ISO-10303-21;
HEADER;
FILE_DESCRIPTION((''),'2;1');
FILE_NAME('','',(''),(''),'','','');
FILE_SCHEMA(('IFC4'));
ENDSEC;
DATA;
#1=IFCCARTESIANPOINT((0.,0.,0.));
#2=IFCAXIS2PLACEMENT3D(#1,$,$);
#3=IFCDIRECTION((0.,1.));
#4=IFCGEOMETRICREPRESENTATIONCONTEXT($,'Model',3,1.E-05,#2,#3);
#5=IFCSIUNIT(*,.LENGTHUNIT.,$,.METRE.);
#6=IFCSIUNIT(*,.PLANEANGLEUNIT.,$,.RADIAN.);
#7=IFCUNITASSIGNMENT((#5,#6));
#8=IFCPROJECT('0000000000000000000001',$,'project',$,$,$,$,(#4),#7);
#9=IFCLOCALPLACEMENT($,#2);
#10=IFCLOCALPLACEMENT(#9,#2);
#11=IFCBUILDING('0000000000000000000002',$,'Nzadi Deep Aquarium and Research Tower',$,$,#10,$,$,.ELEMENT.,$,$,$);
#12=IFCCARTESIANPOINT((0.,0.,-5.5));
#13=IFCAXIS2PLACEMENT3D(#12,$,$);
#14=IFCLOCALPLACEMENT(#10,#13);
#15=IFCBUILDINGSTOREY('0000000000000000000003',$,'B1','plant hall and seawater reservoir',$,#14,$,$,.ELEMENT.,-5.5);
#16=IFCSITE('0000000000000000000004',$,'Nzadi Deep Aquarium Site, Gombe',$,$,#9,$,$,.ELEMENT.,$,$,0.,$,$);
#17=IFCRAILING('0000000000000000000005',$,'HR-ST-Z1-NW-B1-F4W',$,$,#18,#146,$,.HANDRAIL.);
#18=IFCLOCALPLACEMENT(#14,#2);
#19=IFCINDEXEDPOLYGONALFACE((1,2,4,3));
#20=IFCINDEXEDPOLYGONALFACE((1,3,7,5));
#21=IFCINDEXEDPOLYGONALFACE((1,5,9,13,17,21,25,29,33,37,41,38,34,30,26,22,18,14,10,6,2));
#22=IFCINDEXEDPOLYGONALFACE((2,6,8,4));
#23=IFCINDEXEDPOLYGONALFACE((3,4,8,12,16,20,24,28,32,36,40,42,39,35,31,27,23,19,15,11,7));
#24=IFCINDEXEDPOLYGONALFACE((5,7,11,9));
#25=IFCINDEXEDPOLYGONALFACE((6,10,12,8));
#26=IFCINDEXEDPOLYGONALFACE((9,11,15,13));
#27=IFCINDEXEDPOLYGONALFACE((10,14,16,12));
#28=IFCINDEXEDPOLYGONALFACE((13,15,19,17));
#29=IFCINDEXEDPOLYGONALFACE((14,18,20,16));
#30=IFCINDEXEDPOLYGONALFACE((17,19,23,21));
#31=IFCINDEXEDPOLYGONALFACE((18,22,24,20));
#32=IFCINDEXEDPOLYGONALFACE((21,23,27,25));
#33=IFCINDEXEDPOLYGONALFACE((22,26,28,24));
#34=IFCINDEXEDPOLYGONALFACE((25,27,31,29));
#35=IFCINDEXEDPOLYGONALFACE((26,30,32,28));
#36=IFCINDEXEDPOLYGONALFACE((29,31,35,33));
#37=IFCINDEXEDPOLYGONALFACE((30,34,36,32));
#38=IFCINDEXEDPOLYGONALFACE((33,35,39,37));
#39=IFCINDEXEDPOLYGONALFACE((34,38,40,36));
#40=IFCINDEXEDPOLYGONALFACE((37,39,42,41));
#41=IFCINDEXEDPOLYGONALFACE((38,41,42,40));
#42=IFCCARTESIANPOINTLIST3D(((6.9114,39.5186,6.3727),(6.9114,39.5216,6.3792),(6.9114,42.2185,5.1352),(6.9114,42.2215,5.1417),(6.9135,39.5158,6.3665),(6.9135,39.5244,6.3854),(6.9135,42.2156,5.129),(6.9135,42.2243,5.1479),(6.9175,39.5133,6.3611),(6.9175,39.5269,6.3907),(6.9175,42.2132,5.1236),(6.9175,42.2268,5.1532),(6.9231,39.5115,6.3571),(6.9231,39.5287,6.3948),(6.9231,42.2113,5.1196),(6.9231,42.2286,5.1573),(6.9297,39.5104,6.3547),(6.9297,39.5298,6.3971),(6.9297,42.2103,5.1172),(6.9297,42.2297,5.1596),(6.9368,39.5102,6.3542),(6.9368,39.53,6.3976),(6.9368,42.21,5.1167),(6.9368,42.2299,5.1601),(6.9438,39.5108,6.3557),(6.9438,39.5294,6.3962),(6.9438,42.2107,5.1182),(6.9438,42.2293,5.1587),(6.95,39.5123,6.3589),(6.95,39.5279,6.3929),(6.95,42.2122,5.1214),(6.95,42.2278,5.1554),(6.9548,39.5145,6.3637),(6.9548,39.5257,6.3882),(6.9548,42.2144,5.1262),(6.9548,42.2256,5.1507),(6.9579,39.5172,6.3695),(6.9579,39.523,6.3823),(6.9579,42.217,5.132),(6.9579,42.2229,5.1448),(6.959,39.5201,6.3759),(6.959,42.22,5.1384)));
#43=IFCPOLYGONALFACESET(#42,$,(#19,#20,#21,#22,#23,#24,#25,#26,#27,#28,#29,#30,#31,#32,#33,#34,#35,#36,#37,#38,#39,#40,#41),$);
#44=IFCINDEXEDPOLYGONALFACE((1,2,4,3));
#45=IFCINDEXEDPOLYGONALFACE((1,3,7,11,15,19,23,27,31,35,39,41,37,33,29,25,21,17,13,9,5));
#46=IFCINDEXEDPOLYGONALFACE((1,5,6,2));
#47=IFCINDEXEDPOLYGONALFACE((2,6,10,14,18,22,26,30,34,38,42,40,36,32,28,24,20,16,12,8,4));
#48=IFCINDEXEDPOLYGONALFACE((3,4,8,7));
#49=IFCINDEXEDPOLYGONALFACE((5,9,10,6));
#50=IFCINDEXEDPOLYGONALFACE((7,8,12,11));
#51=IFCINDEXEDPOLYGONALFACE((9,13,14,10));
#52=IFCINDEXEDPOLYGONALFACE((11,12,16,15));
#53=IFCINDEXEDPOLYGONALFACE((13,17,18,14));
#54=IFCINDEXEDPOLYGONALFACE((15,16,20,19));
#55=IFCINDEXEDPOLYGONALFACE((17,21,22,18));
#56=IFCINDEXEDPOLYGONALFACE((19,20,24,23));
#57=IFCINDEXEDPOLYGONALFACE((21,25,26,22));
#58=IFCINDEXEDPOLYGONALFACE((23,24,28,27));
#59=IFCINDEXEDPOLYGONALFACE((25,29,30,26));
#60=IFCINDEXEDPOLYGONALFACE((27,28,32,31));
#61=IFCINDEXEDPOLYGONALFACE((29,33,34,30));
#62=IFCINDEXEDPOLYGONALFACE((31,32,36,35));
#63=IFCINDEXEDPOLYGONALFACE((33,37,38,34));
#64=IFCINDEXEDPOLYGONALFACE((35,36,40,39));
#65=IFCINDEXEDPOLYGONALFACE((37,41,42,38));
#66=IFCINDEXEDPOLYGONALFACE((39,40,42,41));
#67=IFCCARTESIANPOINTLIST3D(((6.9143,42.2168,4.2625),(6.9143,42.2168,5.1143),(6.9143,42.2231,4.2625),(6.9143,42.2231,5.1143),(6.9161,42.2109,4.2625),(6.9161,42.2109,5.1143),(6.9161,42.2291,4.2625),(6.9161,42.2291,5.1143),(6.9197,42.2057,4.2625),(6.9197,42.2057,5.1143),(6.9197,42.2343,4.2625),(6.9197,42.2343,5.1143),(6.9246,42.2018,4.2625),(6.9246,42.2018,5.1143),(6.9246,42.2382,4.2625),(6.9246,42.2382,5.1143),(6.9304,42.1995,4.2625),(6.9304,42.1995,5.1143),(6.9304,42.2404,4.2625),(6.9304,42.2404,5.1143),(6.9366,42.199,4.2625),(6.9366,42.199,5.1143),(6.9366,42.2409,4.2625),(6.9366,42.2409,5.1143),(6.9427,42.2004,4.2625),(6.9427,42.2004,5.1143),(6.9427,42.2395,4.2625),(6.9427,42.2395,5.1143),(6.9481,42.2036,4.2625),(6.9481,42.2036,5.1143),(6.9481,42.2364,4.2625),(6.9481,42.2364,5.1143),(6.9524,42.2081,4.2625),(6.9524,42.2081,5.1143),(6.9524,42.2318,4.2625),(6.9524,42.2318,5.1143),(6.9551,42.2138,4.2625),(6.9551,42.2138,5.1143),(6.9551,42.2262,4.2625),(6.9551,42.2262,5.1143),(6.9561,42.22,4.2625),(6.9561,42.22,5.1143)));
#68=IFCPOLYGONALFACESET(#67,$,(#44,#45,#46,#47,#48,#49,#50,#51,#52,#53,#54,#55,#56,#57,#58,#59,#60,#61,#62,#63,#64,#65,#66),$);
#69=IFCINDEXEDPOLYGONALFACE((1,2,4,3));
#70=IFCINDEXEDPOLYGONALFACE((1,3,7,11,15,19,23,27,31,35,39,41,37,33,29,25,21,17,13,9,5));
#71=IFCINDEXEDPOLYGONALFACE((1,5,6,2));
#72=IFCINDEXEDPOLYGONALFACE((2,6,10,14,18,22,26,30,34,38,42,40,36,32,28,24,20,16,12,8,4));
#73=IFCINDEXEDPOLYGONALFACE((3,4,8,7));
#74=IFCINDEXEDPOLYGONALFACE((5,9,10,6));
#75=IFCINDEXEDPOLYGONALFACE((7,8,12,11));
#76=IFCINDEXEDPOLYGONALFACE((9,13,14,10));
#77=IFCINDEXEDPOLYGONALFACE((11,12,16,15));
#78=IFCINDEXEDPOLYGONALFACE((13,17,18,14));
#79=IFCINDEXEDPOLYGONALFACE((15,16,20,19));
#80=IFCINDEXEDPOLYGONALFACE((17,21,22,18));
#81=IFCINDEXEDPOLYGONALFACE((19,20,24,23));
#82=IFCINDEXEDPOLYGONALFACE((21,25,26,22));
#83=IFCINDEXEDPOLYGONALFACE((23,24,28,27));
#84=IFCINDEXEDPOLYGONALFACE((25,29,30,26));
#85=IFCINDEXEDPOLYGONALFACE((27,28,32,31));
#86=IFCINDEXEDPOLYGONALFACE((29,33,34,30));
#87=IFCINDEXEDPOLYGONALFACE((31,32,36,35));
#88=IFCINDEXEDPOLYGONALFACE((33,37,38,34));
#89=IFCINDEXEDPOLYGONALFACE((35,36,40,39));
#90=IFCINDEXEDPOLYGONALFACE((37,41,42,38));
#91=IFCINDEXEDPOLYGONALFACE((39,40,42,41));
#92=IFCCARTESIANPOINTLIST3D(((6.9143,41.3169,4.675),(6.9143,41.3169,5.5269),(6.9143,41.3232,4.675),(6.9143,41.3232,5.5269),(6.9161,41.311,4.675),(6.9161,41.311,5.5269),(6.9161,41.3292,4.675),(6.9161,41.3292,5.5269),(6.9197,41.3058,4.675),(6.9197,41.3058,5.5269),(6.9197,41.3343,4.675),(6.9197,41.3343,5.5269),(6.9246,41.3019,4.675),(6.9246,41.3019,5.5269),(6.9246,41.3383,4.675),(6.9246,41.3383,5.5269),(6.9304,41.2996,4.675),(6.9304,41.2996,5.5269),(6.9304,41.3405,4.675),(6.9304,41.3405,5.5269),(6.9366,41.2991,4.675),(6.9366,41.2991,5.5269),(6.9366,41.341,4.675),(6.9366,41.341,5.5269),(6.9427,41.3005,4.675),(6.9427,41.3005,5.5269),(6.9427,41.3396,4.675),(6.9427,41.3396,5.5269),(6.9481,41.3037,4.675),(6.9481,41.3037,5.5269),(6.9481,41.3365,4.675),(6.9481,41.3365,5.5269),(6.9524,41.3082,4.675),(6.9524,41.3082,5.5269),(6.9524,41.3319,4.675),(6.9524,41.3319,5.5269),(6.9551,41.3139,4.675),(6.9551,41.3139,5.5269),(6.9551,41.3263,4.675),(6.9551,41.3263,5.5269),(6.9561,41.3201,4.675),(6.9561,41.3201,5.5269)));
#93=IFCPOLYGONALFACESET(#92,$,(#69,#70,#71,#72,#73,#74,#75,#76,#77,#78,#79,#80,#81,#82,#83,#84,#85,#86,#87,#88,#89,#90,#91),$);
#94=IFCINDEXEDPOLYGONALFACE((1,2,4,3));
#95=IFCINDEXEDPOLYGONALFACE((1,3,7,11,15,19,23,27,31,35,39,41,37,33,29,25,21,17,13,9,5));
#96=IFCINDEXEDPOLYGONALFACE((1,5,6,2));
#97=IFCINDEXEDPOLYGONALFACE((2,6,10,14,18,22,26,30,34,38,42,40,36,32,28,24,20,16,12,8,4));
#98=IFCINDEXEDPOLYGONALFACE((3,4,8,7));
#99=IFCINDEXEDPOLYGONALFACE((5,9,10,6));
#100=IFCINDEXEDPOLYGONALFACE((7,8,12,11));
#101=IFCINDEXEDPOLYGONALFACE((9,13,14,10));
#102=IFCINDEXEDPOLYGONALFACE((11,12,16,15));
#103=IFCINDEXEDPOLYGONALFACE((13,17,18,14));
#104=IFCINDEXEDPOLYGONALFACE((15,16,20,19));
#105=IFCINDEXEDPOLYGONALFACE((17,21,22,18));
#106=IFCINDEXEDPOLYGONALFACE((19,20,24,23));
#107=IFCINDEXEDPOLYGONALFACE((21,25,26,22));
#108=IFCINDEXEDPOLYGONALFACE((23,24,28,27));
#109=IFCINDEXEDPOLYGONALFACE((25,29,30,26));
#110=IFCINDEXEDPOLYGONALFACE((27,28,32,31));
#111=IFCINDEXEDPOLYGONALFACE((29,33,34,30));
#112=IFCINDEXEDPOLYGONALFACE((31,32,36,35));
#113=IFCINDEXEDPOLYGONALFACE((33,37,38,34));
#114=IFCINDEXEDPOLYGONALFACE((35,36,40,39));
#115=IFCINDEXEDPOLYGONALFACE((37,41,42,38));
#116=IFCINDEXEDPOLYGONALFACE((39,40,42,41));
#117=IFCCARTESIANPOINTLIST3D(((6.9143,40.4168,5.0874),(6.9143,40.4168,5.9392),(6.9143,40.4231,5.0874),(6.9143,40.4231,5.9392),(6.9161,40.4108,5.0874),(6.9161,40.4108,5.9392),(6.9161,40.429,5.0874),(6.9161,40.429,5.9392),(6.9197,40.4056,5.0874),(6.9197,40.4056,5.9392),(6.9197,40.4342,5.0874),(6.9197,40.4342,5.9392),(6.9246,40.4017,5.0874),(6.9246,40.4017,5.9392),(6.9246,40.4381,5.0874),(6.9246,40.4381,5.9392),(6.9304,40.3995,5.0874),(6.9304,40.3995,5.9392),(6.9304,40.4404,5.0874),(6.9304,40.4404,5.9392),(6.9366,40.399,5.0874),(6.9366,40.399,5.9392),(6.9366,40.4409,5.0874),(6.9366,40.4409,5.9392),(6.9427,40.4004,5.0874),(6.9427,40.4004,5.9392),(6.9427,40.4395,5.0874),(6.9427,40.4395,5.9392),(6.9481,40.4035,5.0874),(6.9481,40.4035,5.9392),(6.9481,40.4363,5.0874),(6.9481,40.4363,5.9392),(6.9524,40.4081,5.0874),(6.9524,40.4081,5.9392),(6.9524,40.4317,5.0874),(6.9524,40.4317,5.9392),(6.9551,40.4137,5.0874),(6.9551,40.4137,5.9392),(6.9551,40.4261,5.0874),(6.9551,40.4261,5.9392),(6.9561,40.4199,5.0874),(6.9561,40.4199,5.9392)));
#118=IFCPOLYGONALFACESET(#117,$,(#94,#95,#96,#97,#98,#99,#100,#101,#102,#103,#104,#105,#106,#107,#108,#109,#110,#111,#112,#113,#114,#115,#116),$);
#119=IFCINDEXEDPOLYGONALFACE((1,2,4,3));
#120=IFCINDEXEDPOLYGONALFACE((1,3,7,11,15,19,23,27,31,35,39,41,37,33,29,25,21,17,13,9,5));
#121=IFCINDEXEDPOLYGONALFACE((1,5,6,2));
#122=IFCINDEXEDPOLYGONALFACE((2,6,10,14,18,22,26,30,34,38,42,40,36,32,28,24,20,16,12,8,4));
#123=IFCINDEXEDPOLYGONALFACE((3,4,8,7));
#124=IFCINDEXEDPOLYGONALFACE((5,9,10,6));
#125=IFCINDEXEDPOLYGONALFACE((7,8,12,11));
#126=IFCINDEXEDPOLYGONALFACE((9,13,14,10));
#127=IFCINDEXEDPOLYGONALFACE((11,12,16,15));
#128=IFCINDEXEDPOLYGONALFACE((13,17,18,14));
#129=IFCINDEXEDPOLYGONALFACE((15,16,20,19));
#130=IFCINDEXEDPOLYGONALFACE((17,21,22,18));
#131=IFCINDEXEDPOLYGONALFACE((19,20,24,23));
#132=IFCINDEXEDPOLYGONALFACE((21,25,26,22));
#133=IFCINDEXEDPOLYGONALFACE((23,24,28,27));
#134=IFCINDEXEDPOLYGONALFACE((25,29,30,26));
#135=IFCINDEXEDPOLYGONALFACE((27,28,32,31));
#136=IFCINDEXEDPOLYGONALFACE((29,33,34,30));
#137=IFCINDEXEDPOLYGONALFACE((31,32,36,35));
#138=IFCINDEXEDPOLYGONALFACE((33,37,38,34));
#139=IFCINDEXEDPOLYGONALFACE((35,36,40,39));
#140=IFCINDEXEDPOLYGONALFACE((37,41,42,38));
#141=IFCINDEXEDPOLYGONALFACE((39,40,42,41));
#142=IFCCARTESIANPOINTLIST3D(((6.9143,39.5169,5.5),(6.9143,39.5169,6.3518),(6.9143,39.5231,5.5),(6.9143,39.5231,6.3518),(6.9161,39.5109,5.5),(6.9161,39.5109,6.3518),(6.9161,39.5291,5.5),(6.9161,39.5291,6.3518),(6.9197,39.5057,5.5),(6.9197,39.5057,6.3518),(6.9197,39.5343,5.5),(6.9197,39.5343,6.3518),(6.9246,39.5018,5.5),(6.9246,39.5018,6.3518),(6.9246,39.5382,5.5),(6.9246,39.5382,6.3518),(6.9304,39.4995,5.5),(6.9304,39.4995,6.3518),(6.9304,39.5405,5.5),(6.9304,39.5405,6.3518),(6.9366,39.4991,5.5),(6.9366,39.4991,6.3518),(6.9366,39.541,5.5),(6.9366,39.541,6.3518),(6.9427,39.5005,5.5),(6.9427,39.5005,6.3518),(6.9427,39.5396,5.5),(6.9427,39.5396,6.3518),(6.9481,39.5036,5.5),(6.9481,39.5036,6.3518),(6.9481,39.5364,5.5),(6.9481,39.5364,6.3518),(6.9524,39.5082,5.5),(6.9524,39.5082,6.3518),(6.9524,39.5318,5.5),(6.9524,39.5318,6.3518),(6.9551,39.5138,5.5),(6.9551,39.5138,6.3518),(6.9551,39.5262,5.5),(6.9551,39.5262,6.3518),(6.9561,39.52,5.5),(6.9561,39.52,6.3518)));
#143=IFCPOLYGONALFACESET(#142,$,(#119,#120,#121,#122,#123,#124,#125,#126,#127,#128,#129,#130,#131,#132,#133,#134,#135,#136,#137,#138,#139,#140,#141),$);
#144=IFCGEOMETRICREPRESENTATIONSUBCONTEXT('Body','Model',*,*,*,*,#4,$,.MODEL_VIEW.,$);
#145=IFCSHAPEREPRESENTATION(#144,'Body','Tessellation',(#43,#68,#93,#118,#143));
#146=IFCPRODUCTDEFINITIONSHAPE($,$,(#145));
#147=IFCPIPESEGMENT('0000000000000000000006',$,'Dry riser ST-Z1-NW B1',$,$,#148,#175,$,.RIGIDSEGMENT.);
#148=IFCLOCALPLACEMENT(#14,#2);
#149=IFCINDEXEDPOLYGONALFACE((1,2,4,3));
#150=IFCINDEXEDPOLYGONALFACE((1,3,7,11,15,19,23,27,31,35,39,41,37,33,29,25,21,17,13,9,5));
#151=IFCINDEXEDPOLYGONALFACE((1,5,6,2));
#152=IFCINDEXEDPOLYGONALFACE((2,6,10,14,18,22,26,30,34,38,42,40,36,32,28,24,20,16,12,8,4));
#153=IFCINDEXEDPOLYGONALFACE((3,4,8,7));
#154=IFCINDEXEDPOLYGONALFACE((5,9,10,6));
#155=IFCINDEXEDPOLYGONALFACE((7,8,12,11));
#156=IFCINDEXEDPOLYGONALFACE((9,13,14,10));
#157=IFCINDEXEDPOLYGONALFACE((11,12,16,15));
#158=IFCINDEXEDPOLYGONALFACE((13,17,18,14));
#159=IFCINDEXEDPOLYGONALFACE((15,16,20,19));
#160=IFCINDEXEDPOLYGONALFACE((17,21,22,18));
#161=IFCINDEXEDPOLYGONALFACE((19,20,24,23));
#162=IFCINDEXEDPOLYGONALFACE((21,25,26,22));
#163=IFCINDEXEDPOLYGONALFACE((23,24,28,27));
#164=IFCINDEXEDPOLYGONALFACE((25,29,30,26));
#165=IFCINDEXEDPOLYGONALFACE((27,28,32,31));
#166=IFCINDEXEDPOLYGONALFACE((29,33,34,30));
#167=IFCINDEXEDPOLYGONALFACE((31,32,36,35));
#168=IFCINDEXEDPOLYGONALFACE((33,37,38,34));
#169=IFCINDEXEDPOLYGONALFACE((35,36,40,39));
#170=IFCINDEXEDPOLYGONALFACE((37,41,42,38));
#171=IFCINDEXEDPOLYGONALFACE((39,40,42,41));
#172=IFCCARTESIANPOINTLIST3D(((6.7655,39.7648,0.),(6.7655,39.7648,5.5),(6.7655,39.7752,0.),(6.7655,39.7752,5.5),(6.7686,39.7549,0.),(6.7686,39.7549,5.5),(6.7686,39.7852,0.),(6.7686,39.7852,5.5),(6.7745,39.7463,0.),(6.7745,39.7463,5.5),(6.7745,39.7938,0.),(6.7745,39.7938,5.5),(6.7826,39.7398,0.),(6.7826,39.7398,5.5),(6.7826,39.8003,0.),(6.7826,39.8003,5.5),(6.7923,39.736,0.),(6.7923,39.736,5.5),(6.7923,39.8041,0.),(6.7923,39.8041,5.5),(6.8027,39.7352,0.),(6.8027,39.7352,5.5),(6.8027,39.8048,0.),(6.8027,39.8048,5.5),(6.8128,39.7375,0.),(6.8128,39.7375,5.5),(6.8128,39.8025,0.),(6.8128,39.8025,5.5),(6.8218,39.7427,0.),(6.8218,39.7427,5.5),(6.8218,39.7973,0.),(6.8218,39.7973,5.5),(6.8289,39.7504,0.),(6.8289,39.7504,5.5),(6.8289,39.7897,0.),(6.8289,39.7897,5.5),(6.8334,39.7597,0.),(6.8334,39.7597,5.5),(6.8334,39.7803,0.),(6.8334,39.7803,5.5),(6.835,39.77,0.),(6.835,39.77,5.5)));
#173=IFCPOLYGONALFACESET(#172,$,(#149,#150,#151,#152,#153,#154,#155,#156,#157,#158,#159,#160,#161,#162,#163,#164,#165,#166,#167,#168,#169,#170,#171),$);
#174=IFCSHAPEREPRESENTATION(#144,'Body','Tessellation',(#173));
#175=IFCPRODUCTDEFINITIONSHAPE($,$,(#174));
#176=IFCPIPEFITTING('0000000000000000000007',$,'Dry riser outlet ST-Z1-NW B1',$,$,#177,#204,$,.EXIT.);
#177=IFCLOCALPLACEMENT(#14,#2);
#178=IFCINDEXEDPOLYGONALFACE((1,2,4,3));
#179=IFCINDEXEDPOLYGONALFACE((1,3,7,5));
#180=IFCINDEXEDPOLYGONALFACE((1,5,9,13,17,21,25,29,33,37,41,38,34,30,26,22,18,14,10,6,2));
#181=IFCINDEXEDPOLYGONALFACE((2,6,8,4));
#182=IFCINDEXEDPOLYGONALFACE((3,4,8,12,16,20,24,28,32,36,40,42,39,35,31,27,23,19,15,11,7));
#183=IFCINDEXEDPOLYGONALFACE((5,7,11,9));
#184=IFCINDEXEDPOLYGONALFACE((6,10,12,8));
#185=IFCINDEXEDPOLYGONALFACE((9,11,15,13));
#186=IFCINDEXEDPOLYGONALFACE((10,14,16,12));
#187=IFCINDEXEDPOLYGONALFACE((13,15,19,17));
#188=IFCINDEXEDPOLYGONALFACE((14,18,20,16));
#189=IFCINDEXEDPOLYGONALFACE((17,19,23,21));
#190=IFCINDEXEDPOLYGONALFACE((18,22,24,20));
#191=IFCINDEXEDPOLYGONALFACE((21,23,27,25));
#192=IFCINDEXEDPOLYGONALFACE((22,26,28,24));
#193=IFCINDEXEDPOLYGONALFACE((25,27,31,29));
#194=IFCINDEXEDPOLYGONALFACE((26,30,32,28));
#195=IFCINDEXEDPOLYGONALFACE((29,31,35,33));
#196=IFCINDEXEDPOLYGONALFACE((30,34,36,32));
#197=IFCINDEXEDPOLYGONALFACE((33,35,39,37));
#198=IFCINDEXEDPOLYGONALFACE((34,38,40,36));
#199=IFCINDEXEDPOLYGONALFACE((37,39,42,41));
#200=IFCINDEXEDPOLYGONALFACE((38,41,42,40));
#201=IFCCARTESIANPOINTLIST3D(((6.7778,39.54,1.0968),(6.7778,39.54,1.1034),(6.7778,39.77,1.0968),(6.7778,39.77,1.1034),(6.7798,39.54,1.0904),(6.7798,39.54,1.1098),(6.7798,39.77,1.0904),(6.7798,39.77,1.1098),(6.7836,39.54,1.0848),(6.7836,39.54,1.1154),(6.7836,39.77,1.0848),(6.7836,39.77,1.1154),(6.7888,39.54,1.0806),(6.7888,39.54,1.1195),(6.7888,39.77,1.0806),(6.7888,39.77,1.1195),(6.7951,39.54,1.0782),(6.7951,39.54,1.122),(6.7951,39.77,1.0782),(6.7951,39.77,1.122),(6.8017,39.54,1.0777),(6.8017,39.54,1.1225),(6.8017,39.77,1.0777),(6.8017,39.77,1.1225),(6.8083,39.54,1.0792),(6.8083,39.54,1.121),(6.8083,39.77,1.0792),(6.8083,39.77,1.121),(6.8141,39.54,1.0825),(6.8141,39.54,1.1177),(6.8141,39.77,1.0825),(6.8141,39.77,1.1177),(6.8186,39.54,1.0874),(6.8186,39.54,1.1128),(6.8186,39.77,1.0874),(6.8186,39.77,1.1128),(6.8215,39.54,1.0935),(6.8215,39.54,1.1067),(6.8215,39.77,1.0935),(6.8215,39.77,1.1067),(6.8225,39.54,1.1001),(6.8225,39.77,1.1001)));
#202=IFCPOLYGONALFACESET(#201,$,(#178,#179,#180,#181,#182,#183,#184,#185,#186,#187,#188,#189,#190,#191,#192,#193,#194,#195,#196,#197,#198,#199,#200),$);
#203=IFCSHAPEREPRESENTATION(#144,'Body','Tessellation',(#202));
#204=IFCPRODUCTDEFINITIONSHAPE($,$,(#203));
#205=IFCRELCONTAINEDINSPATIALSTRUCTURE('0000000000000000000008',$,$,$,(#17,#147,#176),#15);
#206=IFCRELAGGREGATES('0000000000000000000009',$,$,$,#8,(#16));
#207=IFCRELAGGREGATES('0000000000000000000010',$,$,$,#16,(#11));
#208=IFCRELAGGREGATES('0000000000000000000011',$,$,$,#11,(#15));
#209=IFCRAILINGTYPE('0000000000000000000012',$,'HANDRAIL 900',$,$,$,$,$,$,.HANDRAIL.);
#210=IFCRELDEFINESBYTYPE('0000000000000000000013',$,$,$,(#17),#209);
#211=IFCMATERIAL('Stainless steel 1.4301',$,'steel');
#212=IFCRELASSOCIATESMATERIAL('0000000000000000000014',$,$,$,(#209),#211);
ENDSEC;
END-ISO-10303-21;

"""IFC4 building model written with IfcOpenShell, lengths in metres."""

from ifc_helpers import new_model, si_unit, direction, frame, origin, origin_2d, place, context, subcontext, project, spatial, circle, extrude, material, type_object, element, save


model = new_model("IFC4")

# Units and contexts
model_context = context("Model", 3, precision=1e-05, world=origin(), true_north=direction((0.0, 1.0)))
body_context = subcontext(model_context, "Body", "Model", "MODEL_VIEW")
ifc_project = project(units=[si_unit("LENGTHUNIT", "METRE"), si_unit("PLANEANGLEUNIT", "RADIAN")], contexts=[model_context])

# Site, building, storey
site_placement = place(None, origin())
site = spatial("IfcSite", under=ifc_project, at=site_placement, Name="Nzadi Deep Aquarium Site, Gombe", CompositionType="ELEMENT", RefElevation=0.0)
building_placement = place(site_placement, origin())
building = spatial("IfcBuilding", under=site, at=building_placement, Name="Nzadi Deep Aquarium and Research Tower", CompositionType="ELEMENT")
storey_placement = place(building_placement, frame((0.0, 0.0, -5.5)))
storey = spatial("IfcBuildingStorey", under=building, at=storey_placement, Name="B1", Description="plant hall and seawater reservoir", CompositionType="ELEMENT", Elevation=-5.5)

# Railing
ifc_material_1 = material(Name="Stainless steel 1.4301", Category="steel")
railing_type = type_object("IfcRailingType", Name="HANDRAIL 900", PredefinedType="HANDRAIL", material=ifc_material_1)
railing_1_placement = place(storey_placement, frame((6.9351, 42.22, 4.2625)))
element("IfcRailing", 1, at=railing_1_placement, inside=storey, type_object=railing_type, Name="HR-ST-Z1-NW-B1-F4W", PredefinedType="HANDRAIL", context=body_context, shape_type="SweptSolid", body=[
    extrude(circle(Radius=0.0239, at=origin_2d()), frame((0.0, 0.0, 0.876), z_axis=(0.0, -0.909056, 0.416675), x_axis=(1.0, 0.0, 0.0)), (0.0, 0.0, 1.0), 2.97),
    extrude(circle(Radius=0.021, at=origin_2d()), origin(), (0.0, 0.0, 1.0), 0.8518),
    extrude(circle(Radius=0.021, at=origin_2d()), frame((0.0, -0.8999, 0.4126)), (0.0, 0.0, 1.0), 0.8518),
    extrude(circle(Radius=0.021, at=origin_2d()), frame((0.0, -1.8, 0.825)), (0.0, 0.0, 1.0), 0.8518),
    extrude(circle(Radius=0.021, at=origin_2d()), frame((0.0, -2.7, 1.2375)), (0.0, 0.0, 1.0), 0.8518),
])

# Pipe segment
pipe_segment_placement = place(storey_placement, frame((6.8, 39.77, 0.0), z_axis=(0.0, 0.0, 1.0), x_axis=(1.0, 0.0, 0.0)))
element("IfcPipeSegment", 2, at=pipe_segment_placement, inside=storey, Name="Dry riser ST-Z1-NW B1", PredefinedType="RIGIDSEGMENT", context=body_context, shape_type="SweptSolid", body=[
    extrude(circle(Radius=0.0349, at=origin_2d()), origin(), (0.0, 0.0, 1.0), 5.5),
])

# Pipe fitting
pipe_fitting_placement = place(storey_placement, frame((6.8, 39.77, 1.1001), z_axis=(0.0, -1.0, 0.0), x_axis=(1.0, 0.0, 0.0)))
element("IfcPipeFitting", 3, at=pipe_fitting_placement, inside=storey, Name="Dry riser outlet ST-Z1-NW B1", PredefinedType="EXIT", context=body_context, shape_type="SweptSolid", body=[
    extrude(circle(Radius=0.0225, at=origin_2d()), origin(), (0.0, 0.0, 1.0), 0.23),
])

save(model, "model.ifc")
